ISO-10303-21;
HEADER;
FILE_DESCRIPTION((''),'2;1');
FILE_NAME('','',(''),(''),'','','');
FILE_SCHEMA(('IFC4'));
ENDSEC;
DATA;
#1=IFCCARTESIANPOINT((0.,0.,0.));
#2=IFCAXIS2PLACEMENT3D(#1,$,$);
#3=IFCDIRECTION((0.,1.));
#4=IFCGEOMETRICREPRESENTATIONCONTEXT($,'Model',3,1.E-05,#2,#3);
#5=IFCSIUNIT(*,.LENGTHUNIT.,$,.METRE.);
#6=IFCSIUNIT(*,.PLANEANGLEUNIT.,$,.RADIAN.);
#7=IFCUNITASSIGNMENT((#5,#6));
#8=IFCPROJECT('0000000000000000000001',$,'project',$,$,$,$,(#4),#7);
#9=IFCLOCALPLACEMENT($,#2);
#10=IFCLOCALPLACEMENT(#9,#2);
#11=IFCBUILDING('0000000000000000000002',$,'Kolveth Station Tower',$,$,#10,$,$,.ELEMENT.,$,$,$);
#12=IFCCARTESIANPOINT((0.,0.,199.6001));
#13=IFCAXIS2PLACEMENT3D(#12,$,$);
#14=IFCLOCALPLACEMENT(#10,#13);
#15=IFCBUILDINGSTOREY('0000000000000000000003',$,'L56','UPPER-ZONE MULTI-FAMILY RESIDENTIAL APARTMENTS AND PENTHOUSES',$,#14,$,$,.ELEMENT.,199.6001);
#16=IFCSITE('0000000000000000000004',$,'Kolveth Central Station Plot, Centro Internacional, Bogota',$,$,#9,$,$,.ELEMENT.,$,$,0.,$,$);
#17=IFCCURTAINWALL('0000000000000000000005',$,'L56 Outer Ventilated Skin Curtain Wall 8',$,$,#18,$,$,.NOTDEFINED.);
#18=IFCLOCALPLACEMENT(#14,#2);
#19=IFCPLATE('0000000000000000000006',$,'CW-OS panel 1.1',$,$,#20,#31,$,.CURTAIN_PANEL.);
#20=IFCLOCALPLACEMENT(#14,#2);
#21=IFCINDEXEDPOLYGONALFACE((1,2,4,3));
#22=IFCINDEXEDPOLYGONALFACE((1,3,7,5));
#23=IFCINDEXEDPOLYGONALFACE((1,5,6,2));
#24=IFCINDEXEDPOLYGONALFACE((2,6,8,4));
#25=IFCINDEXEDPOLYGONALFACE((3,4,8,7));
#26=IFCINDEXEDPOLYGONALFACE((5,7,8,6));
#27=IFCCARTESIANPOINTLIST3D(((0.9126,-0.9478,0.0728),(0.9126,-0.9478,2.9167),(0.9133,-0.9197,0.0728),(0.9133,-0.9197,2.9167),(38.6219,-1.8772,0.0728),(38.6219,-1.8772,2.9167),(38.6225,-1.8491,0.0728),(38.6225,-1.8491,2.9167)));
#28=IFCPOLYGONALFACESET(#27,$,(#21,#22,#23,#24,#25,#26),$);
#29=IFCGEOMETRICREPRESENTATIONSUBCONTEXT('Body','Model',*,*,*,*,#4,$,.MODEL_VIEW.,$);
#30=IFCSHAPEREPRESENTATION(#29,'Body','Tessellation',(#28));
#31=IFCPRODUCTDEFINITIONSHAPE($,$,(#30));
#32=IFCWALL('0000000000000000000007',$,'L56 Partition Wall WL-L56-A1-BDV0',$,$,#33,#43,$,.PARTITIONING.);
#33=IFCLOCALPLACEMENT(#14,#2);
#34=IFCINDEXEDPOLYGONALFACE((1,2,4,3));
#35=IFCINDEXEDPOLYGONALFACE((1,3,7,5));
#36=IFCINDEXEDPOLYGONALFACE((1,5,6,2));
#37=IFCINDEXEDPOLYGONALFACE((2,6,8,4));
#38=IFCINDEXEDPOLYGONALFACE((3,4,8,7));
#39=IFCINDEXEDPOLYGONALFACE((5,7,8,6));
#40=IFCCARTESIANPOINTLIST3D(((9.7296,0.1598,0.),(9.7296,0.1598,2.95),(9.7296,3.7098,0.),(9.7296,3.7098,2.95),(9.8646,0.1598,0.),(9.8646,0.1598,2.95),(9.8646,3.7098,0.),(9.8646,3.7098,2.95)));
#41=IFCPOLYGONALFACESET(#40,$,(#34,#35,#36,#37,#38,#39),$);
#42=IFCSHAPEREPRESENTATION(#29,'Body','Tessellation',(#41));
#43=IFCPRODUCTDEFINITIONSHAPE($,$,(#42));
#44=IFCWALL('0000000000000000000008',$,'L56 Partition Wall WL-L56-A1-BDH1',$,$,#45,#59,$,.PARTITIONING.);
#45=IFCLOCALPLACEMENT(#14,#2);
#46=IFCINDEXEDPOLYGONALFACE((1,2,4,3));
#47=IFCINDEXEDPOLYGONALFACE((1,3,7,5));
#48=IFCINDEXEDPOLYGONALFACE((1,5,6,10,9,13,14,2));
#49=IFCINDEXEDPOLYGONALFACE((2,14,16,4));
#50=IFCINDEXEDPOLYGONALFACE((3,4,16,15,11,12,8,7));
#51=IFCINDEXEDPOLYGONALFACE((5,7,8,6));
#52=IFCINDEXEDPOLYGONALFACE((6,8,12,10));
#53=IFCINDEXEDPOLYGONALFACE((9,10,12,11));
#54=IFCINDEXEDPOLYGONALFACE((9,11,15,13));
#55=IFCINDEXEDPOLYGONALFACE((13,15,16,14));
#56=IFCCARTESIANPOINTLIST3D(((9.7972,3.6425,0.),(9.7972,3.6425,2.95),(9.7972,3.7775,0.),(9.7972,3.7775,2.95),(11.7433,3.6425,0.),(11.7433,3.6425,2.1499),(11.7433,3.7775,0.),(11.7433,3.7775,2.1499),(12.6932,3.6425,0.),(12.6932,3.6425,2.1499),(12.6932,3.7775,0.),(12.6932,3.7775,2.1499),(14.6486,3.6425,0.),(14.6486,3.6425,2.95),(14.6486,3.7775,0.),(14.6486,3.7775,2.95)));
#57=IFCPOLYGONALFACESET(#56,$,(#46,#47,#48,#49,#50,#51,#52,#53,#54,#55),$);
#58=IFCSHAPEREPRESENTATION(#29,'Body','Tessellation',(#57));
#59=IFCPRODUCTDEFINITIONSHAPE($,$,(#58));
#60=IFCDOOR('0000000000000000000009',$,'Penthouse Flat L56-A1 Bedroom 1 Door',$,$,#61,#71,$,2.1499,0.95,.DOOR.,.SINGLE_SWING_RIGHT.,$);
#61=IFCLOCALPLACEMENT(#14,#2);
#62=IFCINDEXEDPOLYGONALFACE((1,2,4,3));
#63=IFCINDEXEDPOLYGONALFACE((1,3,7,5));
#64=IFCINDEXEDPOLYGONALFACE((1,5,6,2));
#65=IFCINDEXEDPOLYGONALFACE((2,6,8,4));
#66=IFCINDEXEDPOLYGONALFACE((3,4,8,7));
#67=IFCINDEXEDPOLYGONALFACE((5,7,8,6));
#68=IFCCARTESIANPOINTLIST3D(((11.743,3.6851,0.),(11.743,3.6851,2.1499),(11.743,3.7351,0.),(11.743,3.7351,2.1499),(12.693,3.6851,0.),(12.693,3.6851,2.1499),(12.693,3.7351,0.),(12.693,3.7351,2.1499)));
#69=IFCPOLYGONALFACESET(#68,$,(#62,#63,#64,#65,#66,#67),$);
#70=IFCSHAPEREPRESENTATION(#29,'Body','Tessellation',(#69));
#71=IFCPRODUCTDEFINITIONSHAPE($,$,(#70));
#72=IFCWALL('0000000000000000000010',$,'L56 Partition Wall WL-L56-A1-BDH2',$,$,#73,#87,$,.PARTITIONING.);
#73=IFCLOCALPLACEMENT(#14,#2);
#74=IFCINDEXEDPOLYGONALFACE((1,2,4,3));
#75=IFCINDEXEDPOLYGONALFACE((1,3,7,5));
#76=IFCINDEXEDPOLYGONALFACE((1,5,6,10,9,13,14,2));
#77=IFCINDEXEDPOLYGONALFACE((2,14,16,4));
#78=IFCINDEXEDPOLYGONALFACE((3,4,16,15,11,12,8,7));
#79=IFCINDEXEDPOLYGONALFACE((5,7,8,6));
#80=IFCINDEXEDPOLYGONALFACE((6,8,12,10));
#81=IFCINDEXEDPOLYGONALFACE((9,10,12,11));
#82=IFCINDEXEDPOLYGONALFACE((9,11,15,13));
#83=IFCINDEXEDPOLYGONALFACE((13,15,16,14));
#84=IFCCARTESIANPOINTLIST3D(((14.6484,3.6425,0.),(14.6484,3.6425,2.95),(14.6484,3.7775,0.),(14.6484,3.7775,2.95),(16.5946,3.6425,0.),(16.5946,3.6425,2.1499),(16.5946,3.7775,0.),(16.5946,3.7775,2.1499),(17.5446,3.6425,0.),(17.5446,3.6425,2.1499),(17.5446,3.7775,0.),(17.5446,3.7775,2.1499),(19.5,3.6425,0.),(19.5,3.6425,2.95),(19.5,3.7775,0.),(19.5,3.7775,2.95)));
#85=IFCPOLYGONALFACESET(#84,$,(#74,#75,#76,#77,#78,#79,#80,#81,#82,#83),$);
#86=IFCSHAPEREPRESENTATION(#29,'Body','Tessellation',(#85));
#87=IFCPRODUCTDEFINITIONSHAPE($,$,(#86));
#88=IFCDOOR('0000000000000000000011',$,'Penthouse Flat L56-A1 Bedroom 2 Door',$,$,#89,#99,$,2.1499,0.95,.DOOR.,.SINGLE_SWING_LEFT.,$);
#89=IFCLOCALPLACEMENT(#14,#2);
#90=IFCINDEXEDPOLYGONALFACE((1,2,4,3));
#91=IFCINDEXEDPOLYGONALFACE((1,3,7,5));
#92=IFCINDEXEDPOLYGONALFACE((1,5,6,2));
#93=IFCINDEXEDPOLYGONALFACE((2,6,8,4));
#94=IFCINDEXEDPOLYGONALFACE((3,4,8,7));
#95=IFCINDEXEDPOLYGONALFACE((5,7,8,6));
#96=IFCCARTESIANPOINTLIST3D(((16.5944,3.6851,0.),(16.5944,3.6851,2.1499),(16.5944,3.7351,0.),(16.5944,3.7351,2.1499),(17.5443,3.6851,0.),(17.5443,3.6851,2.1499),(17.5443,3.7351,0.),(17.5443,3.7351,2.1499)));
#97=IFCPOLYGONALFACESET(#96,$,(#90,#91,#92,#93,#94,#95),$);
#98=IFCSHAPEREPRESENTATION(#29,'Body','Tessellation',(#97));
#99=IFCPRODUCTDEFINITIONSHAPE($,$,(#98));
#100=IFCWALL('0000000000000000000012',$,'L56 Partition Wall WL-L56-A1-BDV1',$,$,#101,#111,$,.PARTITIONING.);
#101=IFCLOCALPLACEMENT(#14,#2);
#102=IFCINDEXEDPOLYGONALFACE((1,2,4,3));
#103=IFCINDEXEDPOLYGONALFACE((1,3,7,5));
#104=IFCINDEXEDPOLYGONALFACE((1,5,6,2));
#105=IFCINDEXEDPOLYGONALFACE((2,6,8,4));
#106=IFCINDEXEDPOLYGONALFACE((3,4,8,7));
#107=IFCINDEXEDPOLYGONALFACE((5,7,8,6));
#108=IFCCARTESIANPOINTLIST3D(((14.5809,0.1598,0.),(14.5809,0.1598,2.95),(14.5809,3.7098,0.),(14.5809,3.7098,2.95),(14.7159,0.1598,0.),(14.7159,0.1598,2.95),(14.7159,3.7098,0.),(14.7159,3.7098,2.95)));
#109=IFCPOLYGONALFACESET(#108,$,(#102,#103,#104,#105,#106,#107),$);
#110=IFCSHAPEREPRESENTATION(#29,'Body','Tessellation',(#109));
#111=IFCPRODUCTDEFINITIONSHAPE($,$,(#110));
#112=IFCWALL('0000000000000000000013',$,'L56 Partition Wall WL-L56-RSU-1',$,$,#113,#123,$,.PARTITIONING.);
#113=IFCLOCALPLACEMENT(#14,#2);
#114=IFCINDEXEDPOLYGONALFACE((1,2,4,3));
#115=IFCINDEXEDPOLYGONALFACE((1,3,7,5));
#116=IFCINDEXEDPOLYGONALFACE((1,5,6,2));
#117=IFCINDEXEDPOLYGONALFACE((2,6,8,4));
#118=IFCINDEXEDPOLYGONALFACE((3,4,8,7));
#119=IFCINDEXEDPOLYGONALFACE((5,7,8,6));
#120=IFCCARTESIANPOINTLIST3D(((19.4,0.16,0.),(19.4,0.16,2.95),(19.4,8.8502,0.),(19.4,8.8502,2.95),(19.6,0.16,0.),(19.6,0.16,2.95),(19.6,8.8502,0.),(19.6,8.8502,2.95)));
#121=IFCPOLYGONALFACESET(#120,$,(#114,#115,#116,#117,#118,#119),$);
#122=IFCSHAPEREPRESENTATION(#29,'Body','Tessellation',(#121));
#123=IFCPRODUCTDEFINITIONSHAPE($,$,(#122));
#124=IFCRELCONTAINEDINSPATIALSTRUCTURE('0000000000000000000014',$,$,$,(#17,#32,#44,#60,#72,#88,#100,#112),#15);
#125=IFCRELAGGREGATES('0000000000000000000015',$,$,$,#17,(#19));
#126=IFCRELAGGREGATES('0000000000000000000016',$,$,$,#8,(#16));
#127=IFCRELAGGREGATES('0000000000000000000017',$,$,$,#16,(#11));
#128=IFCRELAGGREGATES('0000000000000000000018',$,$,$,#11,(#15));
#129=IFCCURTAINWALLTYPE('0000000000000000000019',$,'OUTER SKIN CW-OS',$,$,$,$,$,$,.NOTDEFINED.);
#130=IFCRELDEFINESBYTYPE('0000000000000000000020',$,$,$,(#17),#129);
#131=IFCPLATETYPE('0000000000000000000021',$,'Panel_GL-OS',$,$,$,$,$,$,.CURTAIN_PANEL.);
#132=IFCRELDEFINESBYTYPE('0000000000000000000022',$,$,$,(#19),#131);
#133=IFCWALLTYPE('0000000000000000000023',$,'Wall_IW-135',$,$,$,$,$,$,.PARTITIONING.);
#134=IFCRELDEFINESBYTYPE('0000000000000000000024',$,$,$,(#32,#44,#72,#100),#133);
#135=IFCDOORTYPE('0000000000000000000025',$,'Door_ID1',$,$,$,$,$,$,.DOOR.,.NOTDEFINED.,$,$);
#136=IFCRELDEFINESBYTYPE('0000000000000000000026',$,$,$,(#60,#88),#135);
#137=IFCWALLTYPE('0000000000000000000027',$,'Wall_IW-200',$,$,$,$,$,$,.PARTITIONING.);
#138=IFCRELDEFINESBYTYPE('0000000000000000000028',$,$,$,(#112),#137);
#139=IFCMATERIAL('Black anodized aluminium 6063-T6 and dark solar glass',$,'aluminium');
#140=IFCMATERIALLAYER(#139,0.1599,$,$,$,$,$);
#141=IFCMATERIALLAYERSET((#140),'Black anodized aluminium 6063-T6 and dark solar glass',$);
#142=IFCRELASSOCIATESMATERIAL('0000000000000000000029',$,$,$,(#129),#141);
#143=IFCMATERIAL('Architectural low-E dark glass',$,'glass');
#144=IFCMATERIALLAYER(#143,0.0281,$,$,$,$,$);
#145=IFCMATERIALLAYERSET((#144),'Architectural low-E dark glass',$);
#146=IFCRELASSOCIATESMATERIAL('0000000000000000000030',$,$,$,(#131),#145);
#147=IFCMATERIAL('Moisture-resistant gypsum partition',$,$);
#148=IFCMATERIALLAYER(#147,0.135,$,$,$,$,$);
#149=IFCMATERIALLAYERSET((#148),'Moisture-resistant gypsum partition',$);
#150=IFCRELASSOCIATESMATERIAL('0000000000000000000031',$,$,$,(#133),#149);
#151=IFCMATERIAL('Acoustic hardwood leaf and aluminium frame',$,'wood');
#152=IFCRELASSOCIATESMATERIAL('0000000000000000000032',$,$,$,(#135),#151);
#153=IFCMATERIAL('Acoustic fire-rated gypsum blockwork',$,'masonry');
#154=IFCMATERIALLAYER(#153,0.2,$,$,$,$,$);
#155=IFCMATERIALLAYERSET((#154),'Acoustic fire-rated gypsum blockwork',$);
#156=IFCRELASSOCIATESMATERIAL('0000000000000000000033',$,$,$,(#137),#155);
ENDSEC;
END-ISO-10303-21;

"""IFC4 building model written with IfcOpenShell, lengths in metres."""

from ifc_helpers import new_model, si_unit, direction, frame, frame_2d, origin, origin_2d, place, context, subcontext, project, spatial, rectangle, extrude, source, transform, mapped, material, layer, layer_set, type_object, element, fill, aggregate, save


model = new_model("IFC4")

# Units and contexts
model_context = context("Model", 3, precision=1e-05, world=origin(), true_north=direction((0.0, 1.0)))
body_context = subcontext(model_context, "Body", "Model", "MODEL_VIEW")
ifc_project = project(units=[si_unit("LENGTHUNIT", "METRE"), si_unit("PLANEANGLEUNIT", "RADIAN")], contexts=[model_context])

# Site, building, storey
site_placement = place(None, origin())
site = spatial("IfcSite", under=ifc_project, at=site_placement, Name="Kolveth Central Station Plot, Centro Internacional, Bogota", CompositionType="ELEMENT", RefElevation=0.0)
building_placement = place(site_placement, origin())
building = spatial("IfcBuilding", under=site, at=building_placement, Name="Kolveth Station Tower", CompositionType="ELEMENT")
storey_placement = place(building_placement, frame((0.0, 0.0, 199.6001)))
storey = spatial("IfcBuildingStorey", under=building, at=storey_placement, Name="L56", Description="UPPER-ZONE MULTI-FAMILY RESIDENTIAL APARTMENTS AND PENTHOUSES", CompositionType="ELEMENT", Elevation=199.6001)

# Curtain wall, plate
ifc_material_1 = material(Name="Black anodized aluminium 6063-T6 and dark solar glass", Category="aluminium")
ifc_layer_1 = layer(ifc_material_1, 0.1599)
ifc_layer_set_1 = layer_set([ifc_layer_1], Name="Black anodized aluminium 6063-T6 and dark solar glass")
curtain_wall_type = type_object("IfcCurtainWallType", Name="OUTER SKIN CW-OS", PredefinedType="NOTDEFINED", material=ifc_layer_set_1)
curtain_wall_placement = place(storey_placement, origin())
curtain_wall = element("IfcCurtainWall", 1, at=curtain_wall_placement, inside=storey, type_object=curtain_wall_type, Name="L56 Outer Ventilated Skin Curtain Wall 8", PredefinedType="NOTDEFINED")
ifc_material_2 = material(Name="Architectural low-E dark glass", Category="glass")
ifc_layer_2 = layer(ifc_material_2, 0.0281)
ifc_layer_set_2 = layer_set([ifc_layer_2], Name="Architectural low-E dark glass")
plate_type = type_object("IfcPlateType", Name="Panel_GL-OS", PredefinedType="CURTAIN_PANEL", material=ifc_layer_set_2)
shared_shape_1 = source(origin(), body_context, "Body", "SweptSolid", [
    extrude(rectangle(XDim=37.7207, YDim=0.0281, at=origin_2d()), origin(), (0.0, 0.0, 1.0), 2.844),
])
plate_placement = place(storey_placement, frame((19.7676, -1.3984, 0.0728), z_axis=(0.0, 0.0, 1.0), x_axis=(0.999696, -0.024639, 0.0)))
plate = element("IfcPlate", 2, at=plate_placement, type_object=plate_type, Name="CW-OS panel 1.1", PredefinedType="CURTAIN_PANEL", context=body_context, shape_type="MappedRepresentation", body=[
    mapped(shared_shape_1, transform((0.0, 0.0, 0.0), x_axis=(1.0, 0.0, 0.0), y_axis=(0.0, 1.0, 0.0), z_axis=(0.0, 0.0, 1.0), scale=1.0)),
])
aggregate(curtain_wall, [plate])

# Wall
ifc_material_3 = material(Name="Moisture-resistant gypsum partition")
ifc_layer_3 = layer(ifc_material_3, 0.135)
ifc_layer_set_3 = layer_set([ifc_layer_3], Name="Moisture-resistant gypsum partition")
wall_type_1 = type_object("IfcWallType", Name="Wall_IW-135", PredefinedType="PARTITIONING", material=ifc_layer_set_3)
wall_1_placement = place(storey_placement, frame((9.7971, 0.1599, 0.0), z_axis=(0.0, 0.0, 1.0), x_axis=(0.0, 1.0, 0.0)))
element("IfcWall", 3, at=wall_1_placement, inside=storey, type_object=wall_type_1, Name="L56 Partition Wall WL-L56-A1-BDV0", PredefinedType="PARTITIONING", context=body_context, shape_type="SweptSolid", body=[
    extrude(rectangle(XDim=3.55, YDim=0.135, at=frame_2d((1.7749, 0.0))), origin(), (0.0, 0.0, 1.0), 2.95),
])

# Walls, openings, doors
wall_2_placement = place(storey_placement, frame((9.7971, 3.71, 0.0), z_axis=(0.0, 0.0, 1.0), x_axis=(1.0, 0.0, 0.0)))
wall_2 = element("IfcWall", 4, at=wall_2_placement, inside=storey, type_object=wall_type_1, Name="L56 Partition Wall WL-L56-A1-BDH1", PredefinedType="PARTITIONING", context=body_context, shape_type="SweptSolid", body=[
    extrude(rectangle(XDim=4.8513, YDim=0.135, at=frame_2d((2.4258, 0.0))), origin(), (0.0, 0.0, 1.0), 2.95),
])
opening_1_placement = place(wall_2_placement, frame((1.946, 0.0, 0.0)))
opening_1 = element("IfcOpeningElement", 5, at=opening_1_placement, cuts=wall_2, PredefinedType="OPENING", context=body_context, shape_type="SweptSolid", body=[
    extrude(rectangle(XDim=0.95, YDim=2.1499, at=frame_2d((0.4751, 1.075))), frame((0.0, 0.0774, 0.0), z_axis=(0.0, -1.0, 0.0), x_axis=(1.0, 0.0, 0.0)), (0.0, 0.0, 1.0), 0.155),
])
ifc_material_4 = material(Name="Acoustic hardwood leaf and aluminium frame", Category="wood")
door_type = type_object("IfcDoorType", Name="Door_ID1", OperationType="NOTDEFINED", PredefinedType="DOOR", material=ifc_material_4)
door_1_placement = place(opening_1_placement, frame((0.95, 0.0, 0.0), z_axis=(0.0, 0.0, 1.0), x_axis=(-1.0, 0.0, 0.0)))
door_1 = element("IfcDoor", 6, at=door_1_placement, inside=storey, type_object=door_type, Name="Penthouse Flat L56-A1 Bedroom 1 Door", OperationType="SINGLE_SWING_RIGHT", OverallHeight=2.1499, OverallWidth=0.95, PredefinedType="DOOR", context=body_context, shape_type="SweptSolid", body=[
    extrude(rectangle(XDim=0.95, YDim=2.1499, at=frame_2d((0.4751, 1.075))), frame((0.0, 0.0249, 0.0), z_axis=(0.0, -1.0, 0.0), x_axis=(1.0, 0.0, 0.0)), (0.0, 0.0, 1.0), 0.05),
])
fill(opening_1, door_1)
wall_3_placement = place(storey_placement, frame((14.6484, 3.71, 0.0), z_axis=(0.0, 0.0, 1.0), x_axis=(1.0, 0.0, 0.0)))
wall_3 = element("IfcWall", 7, at=wall_3_placement, inside=storey, type_object=wall_type_1, Name="L56 Partition Wall WL-L56-A1-BDH2", PredefinedType="PARTITIONING", context=body_context, shape_type="SweptSolid", body=[
    extrude(rectangle(XDim=4.8516, YDim=0.135, at=frame_2d((2.4258, 0.0))), origin(), (0.0, 0.0, 1.0), 2.95),
])
opening_2_placement = place(wall_3_placement, frame((1.946, 0.0, 0.0)))
opening_2 = element("IfcOpeningElement", 8, at=opening_2_placement, cuts=wall_3, PredefinedType="OPENING", context=body_context, shape_type="SweptSolid", body=[
    extrude(rectangle(XDim=0.95, YDim=2.1499, at=frame_2d((0.4751, 1.075))), frame((0.0, 0.0774, 0.0), z_axis=(0.0, -1.0, 0.0), x_axis=(1.0, 0.0, 0.0)), (0.0, 0.0, 1.0), 0.155),
])
door_2_placement = place(opening_2_placement, frame((0.95, 0.0, 0.0), z_axis=(0.0, 0.0, 1.0), x_axis=(-1.0, 0.0, 0.0)))
door_2 = element("IfcDoor", 9, at=door_2_placement, inside=storey, type_object=door_type, Name="Penthouse Flat L56-A1 Bedroom 2 Door", OperationType="SINGLE_SWING_LEFT", OverallHeight=2.1499, OverallWidth=0.95, PredefinedType="DOOR", context=body_context, shape_type="SweptSolid", body=[
    extrude(rectangle(XDim=0.95, YDim=2.1499, at=frame_2d((0.4751, 1.075))), frame((0.0, 0.0249, 0.0), z_axis=(0.0, -1.0, 0.0), x_axis=(1.0, 0.0, 0.0)), (0.0, 0.0, 1.0), 0.05),
])
fill(opening_2, door_2)

# Walls
wall_4_placement = place(storey_placement, frame((14.6484, 0.1599, 0.0), z_axis=(0.0, 0.0, 1.0), x_axis=(0.0, 1.0, 0.0)))
element("IfcWall", 10, at=wall_4_placement, inside=storey, type_object=wall_type_1, Name="L56 Partition Wall WL-L56-A1-BDV1", PredefinedType="PARTITIONING", context=body_context, shape_type="SweptSolid", body=[
    extrude(rectangle(XDim=3.55, YDim=0.135, at=frame_2d((1.7749, 0.0))), origin(), (0.0, 0.0, 1.0), 2.95),
])
ifc_material_5 = material(Name="Acoustic fire-rated gypsum blockwork", Category="masonry")
ifc_layer_4 = layer(ifc_material_5, 0.2)
ifc_layer_set_4 = layer_set([ifc_layer_4], Name="Acoustic fire-rated gypsum blockwork")
wall_type_2 = type_object("IfcWallType", Name="Wall_IW-200", PredefinedType="PARTITIONING", material=ifc_layer_set_4)
wall_5_placement = place(storey_placement, frame((19.5, 0.1599, 0.0), z_axis=(0.0, 0.0, 1.0), x_axis=(0.0, 1.0, 0.0)))
element("IfcWall", 11, at=wall_5_placement, inside=storey, type_object=wall_type_2, Name="L56 Partition Wall WL-L56-RSU-1", PredefinedType="PARTITIONING", context=body_context, shape_type="SweptSolid", body=[
    extrude(rectangle(XDim=8.6902, YDim=0.2, at=frame_2d((4.3452, 0.0))), origin(), (0.0, 0.0, 1.0), 2.95),
])

save(model, "model.ifc")
